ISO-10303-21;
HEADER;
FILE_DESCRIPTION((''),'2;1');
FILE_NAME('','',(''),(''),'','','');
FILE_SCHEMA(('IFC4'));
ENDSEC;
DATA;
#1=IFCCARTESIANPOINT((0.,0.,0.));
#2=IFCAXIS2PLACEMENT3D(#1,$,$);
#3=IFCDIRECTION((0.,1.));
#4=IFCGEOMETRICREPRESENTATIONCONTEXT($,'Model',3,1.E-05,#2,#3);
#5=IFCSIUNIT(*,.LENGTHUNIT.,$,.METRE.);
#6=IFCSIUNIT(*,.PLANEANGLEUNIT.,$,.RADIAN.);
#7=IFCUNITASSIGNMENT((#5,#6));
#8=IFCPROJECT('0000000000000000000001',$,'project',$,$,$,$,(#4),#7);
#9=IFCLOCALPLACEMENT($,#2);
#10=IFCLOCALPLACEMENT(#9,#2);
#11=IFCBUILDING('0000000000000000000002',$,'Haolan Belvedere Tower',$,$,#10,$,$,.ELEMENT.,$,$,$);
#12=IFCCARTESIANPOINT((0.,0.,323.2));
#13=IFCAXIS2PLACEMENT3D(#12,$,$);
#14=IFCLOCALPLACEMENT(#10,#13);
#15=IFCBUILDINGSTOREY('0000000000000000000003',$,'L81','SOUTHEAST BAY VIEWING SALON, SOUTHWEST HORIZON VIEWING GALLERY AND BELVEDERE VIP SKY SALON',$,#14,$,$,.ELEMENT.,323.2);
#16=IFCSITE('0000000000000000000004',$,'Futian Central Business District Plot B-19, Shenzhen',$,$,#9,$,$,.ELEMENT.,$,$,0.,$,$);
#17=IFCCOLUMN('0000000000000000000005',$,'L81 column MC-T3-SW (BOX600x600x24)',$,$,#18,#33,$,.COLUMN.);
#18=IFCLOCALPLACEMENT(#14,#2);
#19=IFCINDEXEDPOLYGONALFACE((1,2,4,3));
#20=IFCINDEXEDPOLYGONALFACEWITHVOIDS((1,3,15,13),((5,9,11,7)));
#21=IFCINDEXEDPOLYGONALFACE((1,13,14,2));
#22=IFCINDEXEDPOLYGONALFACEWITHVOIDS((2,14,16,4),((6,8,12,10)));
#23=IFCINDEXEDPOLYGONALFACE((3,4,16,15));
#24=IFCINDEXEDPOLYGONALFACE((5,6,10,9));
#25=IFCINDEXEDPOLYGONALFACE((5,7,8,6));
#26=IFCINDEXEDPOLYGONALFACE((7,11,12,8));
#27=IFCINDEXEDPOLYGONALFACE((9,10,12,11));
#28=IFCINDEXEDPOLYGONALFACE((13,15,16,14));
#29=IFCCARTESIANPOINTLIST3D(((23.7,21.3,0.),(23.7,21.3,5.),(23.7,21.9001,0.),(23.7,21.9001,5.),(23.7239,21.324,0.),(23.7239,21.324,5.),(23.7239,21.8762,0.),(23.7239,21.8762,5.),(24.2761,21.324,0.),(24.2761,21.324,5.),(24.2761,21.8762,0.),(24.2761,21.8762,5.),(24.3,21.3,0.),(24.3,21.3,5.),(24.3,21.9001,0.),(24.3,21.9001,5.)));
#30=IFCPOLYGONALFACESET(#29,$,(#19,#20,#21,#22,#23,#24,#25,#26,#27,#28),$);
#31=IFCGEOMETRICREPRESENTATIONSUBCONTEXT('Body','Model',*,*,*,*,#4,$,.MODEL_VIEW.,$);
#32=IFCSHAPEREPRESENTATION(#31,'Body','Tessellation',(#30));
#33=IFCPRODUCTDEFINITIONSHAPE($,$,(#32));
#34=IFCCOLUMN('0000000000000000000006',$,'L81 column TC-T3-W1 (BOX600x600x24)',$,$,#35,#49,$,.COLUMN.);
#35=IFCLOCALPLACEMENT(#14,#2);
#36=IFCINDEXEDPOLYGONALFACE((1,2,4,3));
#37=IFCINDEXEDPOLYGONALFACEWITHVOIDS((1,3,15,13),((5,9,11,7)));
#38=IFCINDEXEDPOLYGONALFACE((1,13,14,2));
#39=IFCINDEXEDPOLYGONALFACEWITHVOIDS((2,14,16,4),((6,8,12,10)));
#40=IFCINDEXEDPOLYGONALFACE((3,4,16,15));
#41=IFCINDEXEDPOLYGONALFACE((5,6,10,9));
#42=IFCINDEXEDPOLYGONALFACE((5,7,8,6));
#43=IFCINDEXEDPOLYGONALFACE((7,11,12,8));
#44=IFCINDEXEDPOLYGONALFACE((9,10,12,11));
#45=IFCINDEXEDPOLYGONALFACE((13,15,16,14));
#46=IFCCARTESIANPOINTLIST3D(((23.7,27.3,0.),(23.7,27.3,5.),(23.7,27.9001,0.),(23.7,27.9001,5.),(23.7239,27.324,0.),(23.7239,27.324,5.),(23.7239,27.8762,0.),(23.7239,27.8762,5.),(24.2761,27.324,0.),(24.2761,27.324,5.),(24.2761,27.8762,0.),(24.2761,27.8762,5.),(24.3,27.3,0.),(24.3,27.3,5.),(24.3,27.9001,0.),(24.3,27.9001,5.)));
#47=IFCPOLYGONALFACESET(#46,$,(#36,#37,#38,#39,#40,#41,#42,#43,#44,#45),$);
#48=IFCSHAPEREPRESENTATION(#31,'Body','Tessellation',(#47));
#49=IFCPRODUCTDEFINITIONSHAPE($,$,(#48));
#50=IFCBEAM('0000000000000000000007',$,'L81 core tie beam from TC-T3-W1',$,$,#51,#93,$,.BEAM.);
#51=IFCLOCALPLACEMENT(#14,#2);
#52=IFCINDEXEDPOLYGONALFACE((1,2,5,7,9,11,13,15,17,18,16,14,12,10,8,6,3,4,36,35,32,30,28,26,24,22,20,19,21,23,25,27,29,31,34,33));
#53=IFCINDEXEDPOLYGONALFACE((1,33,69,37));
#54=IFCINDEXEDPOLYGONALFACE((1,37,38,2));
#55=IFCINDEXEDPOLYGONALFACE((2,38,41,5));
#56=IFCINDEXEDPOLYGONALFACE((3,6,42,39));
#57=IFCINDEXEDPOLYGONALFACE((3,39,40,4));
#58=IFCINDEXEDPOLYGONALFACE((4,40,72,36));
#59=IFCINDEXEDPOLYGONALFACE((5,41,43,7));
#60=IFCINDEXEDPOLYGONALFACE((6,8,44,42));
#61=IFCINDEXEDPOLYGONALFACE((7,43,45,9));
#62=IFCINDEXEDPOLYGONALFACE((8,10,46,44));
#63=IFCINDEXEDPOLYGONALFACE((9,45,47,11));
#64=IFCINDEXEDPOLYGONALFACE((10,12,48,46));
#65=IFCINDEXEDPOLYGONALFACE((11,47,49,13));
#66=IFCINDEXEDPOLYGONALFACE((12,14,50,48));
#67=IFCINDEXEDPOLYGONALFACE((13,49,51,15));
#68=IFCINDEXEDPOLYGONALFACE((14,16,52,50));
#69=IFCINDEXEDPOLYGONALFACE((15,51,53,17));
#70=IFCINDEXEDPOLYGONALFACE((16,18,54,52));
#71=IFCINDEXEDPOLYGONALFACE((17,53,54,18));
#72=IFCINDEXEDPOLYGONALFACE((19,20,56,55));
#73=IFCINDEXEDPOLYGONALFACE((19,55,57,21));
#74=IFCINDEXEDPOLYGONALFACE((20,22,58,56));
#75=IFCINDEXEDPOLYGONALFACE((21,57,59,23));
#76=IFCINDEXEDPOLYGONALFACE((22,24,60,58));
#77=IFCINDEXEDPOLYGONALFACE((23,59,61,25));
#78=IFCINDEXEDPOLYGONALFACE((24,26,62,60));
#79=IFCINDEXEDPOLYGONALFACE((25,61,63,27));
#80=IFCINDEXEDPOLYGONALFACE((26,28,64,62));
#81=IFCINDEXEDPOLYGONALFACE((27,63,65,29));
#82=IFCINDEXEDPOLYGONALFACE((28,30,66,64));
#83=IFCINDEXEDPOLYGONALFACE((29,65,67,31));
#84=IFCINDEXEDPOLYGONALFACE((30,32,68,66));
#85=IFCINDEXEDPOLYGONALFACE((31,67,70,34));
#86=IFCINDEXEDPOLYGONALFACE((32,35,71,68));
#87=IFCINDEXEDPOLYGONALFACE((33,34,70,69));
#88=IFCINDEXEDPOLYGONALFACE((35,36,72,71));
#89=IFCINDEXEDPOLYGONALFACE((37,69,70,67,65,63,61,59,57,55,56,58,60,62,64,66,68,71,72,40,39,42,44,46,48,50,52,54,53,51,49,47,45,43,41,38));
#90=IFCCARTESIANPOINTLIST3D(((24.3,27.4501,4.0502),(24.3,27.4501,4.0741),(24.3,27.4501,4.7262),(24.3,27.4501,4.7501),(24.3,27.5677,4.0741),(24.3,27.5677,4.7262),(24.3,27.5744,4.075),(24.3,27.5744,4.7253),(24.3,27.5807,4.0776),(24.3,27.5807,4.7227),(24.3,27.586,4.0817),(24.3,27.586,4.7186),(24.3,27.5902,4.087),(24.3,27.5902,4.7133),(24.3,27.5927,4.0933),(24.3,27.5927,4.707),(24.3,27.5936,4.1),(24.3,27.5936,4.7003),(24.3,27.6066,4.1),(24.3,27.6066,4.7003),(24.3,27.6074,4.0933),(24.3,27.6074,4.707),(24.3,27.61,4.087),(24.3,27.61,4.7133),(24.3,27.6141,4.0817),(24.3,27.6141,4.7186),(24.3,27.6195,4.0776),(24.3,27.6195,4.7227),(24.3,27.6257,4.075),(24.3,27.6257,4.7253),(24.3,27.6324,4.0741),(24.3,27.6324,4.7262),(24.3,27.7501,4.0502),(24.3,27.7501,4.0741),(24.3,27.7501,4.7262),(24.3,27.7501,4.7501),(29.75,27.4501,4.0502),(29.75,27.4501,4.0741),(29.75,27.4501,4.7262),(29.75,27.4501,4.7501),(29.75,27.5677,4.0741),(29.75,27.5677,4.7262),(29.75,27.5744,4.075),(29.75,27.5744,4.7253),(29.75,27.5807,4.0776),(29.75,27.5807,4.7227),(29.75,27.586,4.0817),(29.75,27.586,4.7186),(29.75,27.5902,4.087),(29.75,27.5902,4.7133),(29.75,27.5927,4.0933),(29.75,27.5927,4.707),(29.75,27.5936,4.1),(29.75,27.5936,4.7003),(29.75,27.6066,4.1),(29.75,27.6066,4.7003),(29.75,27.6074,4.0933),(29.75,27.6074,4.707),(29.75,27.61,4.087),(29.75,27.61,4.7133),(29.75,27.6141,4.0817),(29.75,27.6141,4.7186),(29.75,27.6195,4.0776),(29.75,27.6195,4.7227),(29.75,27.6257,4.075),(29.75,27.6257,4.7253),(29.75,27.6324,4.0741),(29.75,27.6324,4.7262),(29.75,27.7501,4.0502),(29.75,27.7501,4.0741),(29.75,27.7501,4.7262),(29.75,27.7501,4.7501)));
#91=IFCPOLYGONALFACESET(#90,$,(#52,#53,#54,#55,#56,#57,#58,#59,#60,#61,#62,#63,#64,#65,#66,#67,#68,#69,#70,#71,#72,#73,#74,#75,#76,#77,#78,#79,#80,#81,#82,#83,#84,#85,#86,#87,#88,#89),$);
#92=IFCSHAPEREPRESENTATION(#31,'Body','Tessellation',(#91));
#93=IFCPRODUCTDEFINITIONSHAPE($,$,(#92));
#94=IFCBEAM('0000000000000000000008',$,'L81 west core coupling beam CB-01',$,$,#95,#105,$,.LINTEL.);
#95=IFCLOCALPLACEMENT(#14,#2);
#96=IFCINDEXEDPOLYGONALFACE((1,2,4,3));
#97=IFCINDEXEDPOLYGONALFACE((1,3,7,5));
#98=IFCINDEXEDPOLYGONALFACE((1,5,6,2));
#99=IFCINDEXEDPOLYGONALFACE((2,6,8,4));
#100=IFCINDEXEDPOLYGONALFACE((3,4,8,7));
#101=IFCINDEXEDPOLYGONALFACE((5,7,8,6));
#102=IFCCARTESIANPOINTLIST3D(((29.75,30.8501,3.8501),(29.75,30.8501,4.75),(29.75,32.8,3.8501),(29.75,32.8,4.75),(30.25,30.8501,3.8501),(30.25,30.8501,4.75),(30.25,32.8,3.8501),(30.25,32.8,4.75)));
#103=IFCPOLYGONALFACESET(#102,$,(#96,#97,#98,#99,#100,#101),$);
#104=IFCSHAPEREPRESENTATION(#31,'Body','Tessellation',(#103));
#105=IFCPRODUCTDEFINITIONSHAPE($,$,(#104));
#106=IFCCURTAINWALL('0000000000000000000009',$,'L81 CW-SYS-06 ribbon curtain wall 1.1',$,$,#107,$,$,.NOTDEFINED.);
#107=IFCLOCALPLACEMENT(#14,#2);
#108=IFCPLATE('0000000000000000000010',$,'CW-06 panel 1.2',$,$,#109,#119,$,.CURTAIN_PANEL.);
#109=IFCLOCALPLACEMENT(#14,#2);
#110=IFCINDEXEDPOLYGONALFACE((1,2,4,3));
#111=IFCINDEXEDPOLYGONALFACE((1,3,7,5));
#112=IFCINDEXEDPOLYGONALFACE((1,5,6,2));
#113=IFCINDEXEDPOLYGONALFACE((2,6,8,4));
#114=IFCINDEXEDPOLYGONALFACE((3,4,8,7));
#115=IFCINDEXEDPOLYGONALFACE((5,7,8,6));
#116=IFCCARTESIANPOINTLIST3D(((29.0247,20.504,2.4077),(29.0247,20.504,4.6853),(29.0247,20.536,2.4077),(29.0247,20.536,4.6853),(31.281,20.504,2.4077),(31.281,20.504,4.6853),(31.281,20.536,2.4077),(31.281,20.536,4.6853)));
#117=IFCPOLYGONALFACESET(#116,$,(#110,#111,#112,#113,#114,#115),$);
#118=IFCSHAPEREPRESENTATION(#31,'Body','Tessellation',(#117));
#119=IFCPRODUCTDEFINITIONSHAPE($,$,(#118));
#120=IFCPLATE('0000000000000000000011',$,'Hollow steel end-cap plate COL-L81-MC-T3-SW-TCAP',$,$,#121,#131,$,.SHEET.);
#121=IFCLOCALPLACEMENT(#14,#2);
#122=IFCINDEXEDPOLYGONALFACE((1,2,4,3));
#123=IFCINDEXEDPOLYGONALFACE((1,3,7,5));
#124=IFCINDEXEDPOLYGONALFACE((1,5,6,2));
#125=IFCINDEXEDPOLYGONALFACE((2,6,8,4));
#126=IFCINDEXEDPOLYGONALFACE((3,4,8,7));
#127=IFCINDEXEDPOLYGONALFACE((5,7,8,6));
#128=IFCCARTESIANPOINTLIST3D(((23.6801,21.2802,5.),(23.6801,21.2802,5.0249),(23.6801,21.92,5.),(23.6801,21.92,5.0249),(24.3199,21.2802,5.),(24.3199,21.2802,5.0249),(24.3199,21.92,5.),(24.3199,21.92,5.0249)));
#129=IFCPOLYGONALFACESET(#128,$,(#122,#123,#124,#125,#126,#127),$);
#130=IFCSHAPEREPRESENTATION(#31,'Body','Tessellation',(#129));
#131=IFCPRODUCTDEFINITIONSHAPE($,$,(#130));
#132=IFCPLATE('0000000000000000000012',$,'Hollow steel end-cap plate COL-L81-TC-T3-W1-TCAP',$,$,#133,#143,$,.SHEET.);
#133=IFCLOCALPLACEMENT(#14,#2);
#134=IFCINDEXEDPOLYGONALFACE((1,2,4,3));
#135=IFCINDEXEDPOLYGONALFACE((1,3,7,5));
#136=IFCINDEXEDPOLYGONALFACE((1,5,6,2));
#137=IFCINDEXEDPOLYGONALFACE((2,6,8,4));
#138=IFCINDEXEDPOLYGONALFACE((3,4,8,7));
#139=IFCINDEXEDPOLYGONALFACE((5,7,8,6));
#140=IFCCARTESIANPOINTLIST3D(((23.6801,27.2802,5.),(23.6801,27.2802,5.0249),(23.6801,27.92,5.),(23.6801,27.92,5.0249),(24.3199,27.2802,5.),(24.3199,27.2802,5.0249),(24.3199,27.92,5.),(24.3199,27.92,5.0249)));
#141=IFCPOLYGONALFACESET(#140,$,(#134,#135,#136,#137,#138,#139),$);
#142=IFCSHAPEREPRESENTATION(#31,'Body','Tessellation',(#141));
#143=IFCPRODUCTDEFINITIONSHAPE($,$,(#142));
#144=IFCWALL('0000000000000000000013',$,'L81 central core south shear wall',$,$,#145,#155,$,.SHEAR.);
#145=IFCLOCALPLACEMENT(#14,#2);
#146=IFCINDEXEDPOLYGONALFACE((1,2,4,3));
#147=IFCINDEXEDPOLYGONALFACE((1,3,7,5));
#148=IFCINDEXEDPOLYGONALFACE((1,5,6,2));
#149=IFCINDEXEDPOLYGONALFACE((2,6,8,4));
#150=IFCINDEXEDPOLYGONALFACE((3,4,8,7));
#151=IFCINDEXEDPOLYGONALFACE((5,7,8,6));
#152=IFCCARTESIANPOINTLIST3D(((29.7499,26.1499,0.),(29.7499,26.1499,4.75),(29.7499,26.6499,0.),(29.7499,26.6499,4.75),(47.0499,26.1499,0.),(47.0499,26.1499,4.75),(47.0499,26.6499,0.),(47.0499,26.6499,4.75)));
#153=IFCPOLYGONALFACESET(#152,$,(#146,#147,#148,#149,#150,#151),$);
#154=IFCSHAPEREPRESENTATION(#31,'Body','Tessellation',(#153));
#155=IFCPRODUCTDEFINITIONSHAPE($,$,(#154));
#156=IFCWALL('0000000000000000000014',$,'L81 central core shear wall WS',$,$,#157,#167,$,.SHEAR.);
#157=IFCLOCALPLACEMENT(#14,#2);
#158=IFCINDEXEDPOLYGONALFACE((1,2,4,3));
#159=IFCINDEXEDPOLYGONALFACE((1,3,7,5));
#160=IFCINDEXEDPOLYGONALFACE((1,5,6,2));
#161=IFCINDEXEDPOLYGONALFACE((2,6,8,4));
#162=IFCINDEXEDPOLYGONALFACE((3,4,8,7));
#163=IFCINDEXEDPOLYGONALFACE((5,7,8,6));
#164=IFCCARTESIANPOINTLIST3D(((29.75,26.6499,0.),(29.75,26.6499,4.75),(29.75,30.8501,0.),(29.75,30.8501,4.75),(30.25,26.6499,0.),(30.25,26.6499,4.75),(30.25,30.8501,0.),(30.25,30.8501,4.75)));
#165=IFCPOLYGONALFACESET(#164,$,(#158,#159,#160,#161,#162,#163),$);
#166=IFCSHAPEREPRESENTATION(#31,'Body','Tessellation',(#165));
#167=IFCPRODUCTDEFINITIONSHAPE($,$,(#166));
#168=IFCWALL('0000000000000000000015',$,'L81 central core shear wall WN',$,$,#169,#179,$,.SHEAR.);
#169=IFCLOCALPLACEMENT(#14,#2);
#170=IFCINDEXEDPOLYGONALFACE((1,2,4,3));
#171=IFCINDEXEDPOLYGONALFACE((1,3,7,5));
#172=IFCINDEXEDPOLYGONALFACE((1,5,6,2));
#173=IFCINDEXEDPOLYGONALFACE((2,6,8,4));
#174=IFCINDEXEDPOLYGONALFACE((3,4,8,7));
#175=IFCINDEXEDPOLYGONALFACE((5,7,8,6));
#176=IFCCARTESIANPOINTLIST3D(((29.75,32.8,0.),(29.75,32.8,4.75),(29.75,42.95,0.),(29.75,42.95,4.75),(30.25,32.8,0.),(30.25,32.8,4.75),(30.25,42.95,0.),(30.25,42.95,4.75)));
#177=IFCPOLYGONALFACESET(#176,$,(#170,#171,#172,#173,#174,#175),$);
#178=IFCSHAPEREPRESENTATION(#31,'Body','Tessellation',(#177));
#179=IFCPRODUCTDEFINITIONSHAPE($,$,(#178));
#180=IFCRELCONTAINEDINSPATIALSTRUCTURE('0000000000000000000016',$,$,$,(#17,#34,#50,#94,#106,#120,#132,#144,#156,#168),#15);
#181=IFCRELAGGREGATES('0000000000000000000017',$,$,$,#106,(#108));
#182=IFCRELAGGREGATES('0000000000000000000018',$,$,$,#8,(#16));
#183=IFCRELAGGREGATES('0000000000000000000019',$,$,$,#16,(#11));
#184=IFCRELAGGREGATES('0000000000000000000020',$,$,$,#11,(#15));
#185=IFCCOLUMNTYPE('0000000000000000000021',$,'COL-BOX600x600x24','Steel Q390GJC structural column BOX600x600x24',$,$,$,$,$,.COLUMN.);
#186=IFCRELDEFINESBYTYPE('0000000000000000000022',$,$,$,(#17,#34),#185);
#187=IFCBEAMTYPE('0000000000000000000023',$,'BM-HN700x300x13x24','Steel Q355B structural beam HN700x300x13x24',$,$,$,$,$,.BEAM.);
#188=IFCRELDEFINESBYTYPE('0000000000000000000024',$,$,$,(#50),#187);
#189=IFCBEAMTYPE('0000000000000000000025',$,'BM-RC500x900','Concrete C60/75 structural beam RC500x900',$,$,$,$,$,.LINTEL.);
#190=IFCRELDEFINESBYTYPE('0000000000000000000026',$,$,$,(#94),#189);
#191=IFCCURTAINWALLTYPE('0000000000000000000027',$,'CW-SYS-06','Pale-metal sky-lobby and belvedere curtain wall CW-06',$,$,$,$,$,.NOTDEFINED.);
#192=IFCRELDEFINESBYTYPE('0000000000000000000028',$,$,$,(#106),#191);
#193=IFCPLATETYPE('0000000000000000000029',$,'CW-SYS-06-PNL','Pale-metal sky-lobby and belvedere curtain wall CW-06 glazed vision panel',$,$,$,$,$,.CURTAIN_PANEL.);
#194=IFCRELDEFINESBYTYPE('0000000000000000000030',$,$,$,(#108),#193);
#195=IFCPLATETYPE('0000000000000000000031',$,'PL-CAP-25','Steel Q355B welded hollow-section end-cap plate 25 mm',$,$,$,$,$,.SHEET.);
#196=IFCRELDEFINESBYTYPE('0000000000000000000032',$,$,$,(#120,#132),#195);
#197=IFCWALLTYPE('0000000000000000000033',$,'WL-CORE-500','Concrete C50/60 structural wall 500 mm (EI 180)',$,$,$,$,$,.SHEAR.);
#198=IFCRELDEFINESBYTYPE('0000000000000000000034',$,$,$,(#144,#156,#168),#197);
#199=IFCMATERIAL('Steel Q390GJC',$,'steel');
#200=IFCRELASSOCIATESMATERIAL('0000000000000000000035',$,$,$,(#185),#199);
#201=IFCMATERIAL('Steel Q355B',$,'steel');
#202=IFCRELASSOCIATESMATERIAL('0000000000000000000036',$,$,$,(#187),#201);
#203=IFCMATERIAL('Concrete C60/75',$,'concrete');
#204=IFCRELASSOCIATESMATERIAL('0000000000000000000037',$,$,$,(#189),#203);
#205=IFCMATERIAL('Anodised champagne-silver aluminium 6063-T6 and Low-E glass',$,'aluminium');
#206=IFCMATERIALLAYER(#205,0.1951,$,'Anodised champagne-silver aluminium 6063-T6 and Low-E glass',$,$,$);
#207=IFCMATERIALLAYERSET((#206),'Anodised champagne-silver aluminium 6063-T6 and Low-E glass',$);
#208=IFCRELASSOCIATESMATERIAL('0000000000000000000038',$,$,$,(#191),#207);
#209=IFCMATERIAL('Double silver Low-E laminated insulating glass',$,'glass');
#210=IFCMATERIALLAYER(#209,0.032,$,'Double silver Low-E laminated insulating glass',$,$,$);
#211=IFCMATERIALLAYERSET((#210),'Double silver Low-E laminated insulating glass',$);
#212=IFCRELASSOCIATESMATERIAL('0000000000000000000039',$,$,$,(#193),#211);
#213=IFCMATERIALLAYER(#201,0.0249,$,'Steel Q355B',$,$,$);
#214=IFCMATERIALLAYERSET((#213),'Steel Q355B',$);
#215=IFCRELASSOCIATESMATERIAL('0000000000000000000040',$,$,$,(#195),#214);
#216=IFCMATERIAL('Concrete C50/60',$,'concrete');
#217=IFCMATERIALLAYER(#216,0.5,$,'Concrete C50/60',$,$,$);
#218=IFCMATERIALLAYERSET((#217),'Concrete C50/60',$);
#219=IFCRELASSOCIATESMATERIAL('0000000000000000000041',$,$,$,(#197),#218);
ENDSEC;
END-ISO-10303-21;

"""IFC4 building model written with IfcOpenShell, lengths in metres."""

from ifc_helpers import new_model, si_unit, direction, frame, frame_2d, origin, origin_2d, place, context, subcontext, project, spatial, rectangle, hollow_rectangle, i_section, extrude, material, layer, layer_set, material_profile, profile_set, type_object, element, aggregate, save


model = new_model("IFC4")

# Units and contexts
model_context = context("Model", 3, precision=1e-05, world=origin(), true_north=direction((0.0, 1.0)))
body_context = subcontext(model_context, "Body", "Model", "MODEL_VIEW")
ifc_project = project(units=[si_unit("LENGTHUNIT", "METRE"), si_unit("PLANEANGLEUNIT", "RADIAN")], contexts=[model_context])

# Site, building, storey
site_placement = place(None, origin())
site = spatial("IfcSite", under=ifc_project, at=site_placement, Name="Futian Central Business District Plot B-19, Shenzhen", CompositionType="ELEMENT", RefElevation=0.0)
building_placement = place(site_placement, origin())
building = spatial("IfcBuilding", under=site, at=building_placement, Name="Haolan Belvedere Tower", CompositionType="ELEMENT")
storey_placement = place(building_placement, frame((0.0, 0.0, 323.2)))
storey = spatial("IfcBuildingStorey", under=building, at=storey_placement, Name="L81", Description="SOUTHEAST BAY VIEWING SALON, SOUTHWEST HORIZON VIEWING GALLERY AND BELVEDERE VIP SKY SALON", CompositionType="ELEMENT", Elevation=323.2)

# Columns
ifc_material_1 = material(Name="Steel Q390GJC", Category="steel")
ifc_material_profile_1 = material_profile(ifc_material_1, hollow_rectangle(XDim=0.6001, YDim=0.6001, WallThickness=0.0239, at=origin_2d()), Name="Steel Q390GJC")
ifc_profile_set_1 = profile_set([ifc_material_profile_1], Name="Steel Q390GJC")
column_type = type_object("IfcColumnType", Name="COL-BOX600x600x24", Description="Steel Q390GJC structural column BOX600x600x24", PredefinedType="COLUMN", material=ifc_profile_set_1)
for number, where, z_axis, x_axis, name in (
    (1, (24.0, 21.6001, 0.0), (0.0, 0.0, 1.0), (1.0, 0.0, 0.0), "L81 column MC-T3-SW (BOX600x600x24)"),
    (2, (24.0, 27.6001, 0.0), (0.0, 0.0, 1.0), (1.0, 0.0, 0.0), "L81 column TC-T3-W1 (BOX600x600x24)"),
):
    element("IfcColumn", number, at=place(storey_placement, frame(where, z_axis=z_axis, x_axis=x_axis)), inside=storey, type_object=column_type, Name=name, PredefinedType="COLUMN", context=body_context, shape_type="SweptSolid", body=[
        extrude(hollow_rectangle(XDim=0.6001, YDim=0.6001, WallThickness=0.0239, at=origin_2d()), origin(), (0.0, 0.0, 1.0), 5.0),
    ])

# Beams
ifc_material_2 = material(Name="Steel Q355B", Category="steel")
ifc_material_profile_2 = material_profile(ifc_material_2, i_section(OverallWidth=0.3, OverallDepth=0.7, WebThickness=0.0129, FlangeThickness=0.0239, FilletRadius=0.0259, at=origin_2d()), Name="Steel Q355B")
ifc_profile_set_2 = profile_set([ifc_material_profile_2], Name="Steel Q355B")
beam_type_1 = type_object("IfcBeamType", Name="BM-HN700x300x13x24", Description="Steel Q355B structural beam HN700x300x13x24", PredefinedType="BEAM", material=ifc_profile_set_2)
beam_1_placement = place(storey_placement, frame((24.3, 27.6001, 4.4001), z_axis=(1.0, 0.0, 0.0), x_axis=(0.0, 1.0, 0.0)))
element("IfcBeam", 3, at=beam_1_placement, inside=storey, type_object=beam_type_1, Name="L81 core tie beam from TC-T3-W1", PredefinedType="BEAM", context=body_context, shape_type="SweptSolid", body=[
    extrude(i_section(OverallWidth=0.3, OverallDepth=0.7, WebThickness=0.0129, FlangeThickness=0.0239, FilletRadius=0.0259, at=origin_2d()), origin(), (0.0, 0.0, 1.0), 5.45),
])
ifc_material_3 = material(Name="Concrete C60/75", Category="concrete")
ifc_material_profile_3 = material_profile(ifc_material_3, rectangle(XDim=0.5, YDim=0.8999, at=origin_2d()), Name="Concrete C60/75")
ifc_profile_set_3 = profile_set([ifc_material_profile_3], Name="Concrete C60/75")
beam_type_2 = type_object("IfcBeamType", Name="BM-RC500x900", Description="Concrete C60/75 structural beam RC500x900", PredefinedType="LINTEL", material=ifc_profile_set_3)
beam_2_placement = place(storey_placement, frame((30.0, 30.8501, 4.3), z_axis=(0.0, 1.0, 0.0), x_axis=(-1.0, 0.0, 0.0)))
element("IfcBeam", 4, at=beam_2_placement, inside=storey, type_object=beam_type_2, Name="L81 west core coupling beam CB-01", PredefinedType="LINTEL", context=body_context, shape_type="SweptSolid", body=[
    extrude(rectangle(XDim=0.5, YDim=0.8999, at=origin_2d()), origin(), (0.0, 0.0, 1.0), 1.95),
])

# Curtain wall, plate
ifc_material_4 = material(Name="Anodised champagne-silver aluminium 6063-T6 and Low-E glass", Category="aluminium")
ifc_layer_1 = layer(ifc_material_4, 0.1951, Name="Anodised champagne-silver aluminium 6063-T6 and Low-E glass")
ifc_layer_set_1 = layer_set([ifc_layer_1], Name="Anodised champagne-silver aluminium 6063-T6 and Low-E glass")
curtain_wall_type = type_object("IfcCurtainWallType", Name="CW-SYS-06", Description="Pale-metal sky-lobby and belvedere curtain wall CW-06", PredefinedType="NOTDEFINED", material=ifc_layer_set_1)
curtain_wall_placement = place(storey_placement, origin())
curtain_wall = element("IfcCurtainWall", 5, at=curtain_wall_placement, inside=storey, type_object=curtain_wall_type, Name="L81 CW-SYS-06 ribbon curtain wall 1.1", PredefinedType="NOTDEFINED")
ifc_material_5 = material(Name="Double silver Low-E laminated insulating glass", Category="glass")
ifc_layer_2 = layer(ifc_material_5, 0.032, Name="Double silver Low-E laminated insulating glass")
ifc_layer_set_2 = layer_set([ifc_layer_2], Name="Double silver Low-E laminated insulating glass")
plate_type_1 = type_object("IfcPlateType", Name="CW-SYS-06-PNL", Description="Pale-metal sky-lobby and belvedere curtain wall CW-06 glazed vision panel", PredefinedType="CURTAIN_PANEL", material=ifc_layer_set_2)
plate_placement = place(storey_placement, frame((30.1528, 20.52, 2.4077), z_axis=(0.0, 0.0, 1.0), x_axis=(1.0, 0.0, 0.0)))
plate = element("IfcPlate", 6, at=plate_placement, type_object=plate_type_1, Name="CW-06 panel 1.2", PredefinedType="CURTAIN_PANEL", context=body_context, shape_type="SweptSolid", body=[
    extrude(rectangle(XDim=2.2563, YDim=0.032, at=origin_2d()), origin(), (0.0, 0.0, 1.0), 2.2776),
])
aggregate(curtain_wall, [plate])

# Plates
ifc_layer_3 = layer(ifc_material_2, 0.0249, Name="Steel Q355B")
ifc_layer_set_3 = layer_set([ifc_layer_3], Name="Steel Q355B")
plate_type_2 = type_object("IfcPlateType", Name="PL-CAP-25", Description="Steel Q355B welded hollow-section end-cap plate 25 mm", PredefinedType="SHEET", material=ifc_layer_set_3)
for number, where, z_axis, x_axis, name in (
    (7, (24.0, 21.6001, 5.0), (0.0, 0.0, 1.0), (1.0, 0.0, 0.0), "Hollow steel end-cap plate COL-L81-MC-T3-SW-TCAP"),
    (8, (24.0, 27.6001, 5.0), (0.0, 0.0, 1.0), (1.0, 0.0, 0.0), "Hollow steel end-cap plate COL-L81-TC-T3-W1-TCAP"),
):
    element("IfcPlate", number, at=place(storey_placement, frame(where, z_axis=z_axis, x_axis=x_axis)), inside=storey, type_object=plate_type_2, Name=name, PredefinedType="SHEET", context=body_context, shape_type="SweptSolid", body=[
        extrude(rectangle(XDim=0.6399, YDim=0.6399, at=origin_2d()), origin(), (0.0, 0.0, 1.0), 0.0249),
    ])

# Walls
ifc_material_6 = material(Name="Concrete C50/60", Category="concrete")
ifc_layer_4 = layer(ifc_material_6, 0.5, Name="Concrete C50/60")
ifc_layer_set_4 = layer_set([ifc_layer_4], Name="Concrete C50/60")
wall_type_1 = type_object("IfcWallType", Name="WL-CORE-500", Description="Concrete C50/60 structural wall 500 mm (EI 180)", PredefinedType="SHEAR", material=ifc_layer_set_4)
wall_1_placement = place(storey_placement, frame((29.75, 26.3999, 0.0), z_axis=(0.0, 0.0, 1.0), x_axis=(1.0, 0.0, 0.0)))
element("IfcWall", 9, at=wall_1_placement, inside=storey, type_object=wall_type_1, Name="L81 central core south shear wall", PredefinedType="SHEAR", context=body_context, shape_type="SweptSolid", body=[
    extrude(rectangle(XDim=17.3, YDim=0.5, at=frame_2d((8.6499, 0.0))), origin(), (0.0, 0.0, 1.0), 4.75),
])
wall_2_placement = place(storey_placement, frame((30.0, 26.6499, 0.0), z_axis=(0.0, 0.0, 1.0), x_axis=(0.0, 1.0, 0.0)))
element("IfcWall", 10, at=wall_2_placement, inside=storey, type_object=wall_type_1, Name="L81 central core shear wall WS", PredefinedType="SHEAR", context=body_context, shape_type="SweptSolid", body=[
    extrude(rectangle(XDim=4.2002, YDim=0.5, at=frame_2d((2.1001, 0.0))), origin(), (0.0, 0.0, 1.0), 4.75),
])
wall_3_placement = place(storey_placement, frame((30.0, 32.8, 0.0), z_axis=(0.0, 0.0, 1.0), x_axis=(0.0, 1.0, 0.0)))
element("IfcWall", 11, at=wall_3_placement, inside=storey, type_object=wall_type_1, Name="L81 central core shear wall WN", PredefinedType="SHEAR", context=body_context, shape_type="SweptSolid", body=[
    extrude(rectangle(XDim=10.1499, YDim=0.5, at=frame_2d((5.075, 0.0))), origin(), (0.0, 0.0, 1.0), 4.75),
])

save(model, "model.ifc")
